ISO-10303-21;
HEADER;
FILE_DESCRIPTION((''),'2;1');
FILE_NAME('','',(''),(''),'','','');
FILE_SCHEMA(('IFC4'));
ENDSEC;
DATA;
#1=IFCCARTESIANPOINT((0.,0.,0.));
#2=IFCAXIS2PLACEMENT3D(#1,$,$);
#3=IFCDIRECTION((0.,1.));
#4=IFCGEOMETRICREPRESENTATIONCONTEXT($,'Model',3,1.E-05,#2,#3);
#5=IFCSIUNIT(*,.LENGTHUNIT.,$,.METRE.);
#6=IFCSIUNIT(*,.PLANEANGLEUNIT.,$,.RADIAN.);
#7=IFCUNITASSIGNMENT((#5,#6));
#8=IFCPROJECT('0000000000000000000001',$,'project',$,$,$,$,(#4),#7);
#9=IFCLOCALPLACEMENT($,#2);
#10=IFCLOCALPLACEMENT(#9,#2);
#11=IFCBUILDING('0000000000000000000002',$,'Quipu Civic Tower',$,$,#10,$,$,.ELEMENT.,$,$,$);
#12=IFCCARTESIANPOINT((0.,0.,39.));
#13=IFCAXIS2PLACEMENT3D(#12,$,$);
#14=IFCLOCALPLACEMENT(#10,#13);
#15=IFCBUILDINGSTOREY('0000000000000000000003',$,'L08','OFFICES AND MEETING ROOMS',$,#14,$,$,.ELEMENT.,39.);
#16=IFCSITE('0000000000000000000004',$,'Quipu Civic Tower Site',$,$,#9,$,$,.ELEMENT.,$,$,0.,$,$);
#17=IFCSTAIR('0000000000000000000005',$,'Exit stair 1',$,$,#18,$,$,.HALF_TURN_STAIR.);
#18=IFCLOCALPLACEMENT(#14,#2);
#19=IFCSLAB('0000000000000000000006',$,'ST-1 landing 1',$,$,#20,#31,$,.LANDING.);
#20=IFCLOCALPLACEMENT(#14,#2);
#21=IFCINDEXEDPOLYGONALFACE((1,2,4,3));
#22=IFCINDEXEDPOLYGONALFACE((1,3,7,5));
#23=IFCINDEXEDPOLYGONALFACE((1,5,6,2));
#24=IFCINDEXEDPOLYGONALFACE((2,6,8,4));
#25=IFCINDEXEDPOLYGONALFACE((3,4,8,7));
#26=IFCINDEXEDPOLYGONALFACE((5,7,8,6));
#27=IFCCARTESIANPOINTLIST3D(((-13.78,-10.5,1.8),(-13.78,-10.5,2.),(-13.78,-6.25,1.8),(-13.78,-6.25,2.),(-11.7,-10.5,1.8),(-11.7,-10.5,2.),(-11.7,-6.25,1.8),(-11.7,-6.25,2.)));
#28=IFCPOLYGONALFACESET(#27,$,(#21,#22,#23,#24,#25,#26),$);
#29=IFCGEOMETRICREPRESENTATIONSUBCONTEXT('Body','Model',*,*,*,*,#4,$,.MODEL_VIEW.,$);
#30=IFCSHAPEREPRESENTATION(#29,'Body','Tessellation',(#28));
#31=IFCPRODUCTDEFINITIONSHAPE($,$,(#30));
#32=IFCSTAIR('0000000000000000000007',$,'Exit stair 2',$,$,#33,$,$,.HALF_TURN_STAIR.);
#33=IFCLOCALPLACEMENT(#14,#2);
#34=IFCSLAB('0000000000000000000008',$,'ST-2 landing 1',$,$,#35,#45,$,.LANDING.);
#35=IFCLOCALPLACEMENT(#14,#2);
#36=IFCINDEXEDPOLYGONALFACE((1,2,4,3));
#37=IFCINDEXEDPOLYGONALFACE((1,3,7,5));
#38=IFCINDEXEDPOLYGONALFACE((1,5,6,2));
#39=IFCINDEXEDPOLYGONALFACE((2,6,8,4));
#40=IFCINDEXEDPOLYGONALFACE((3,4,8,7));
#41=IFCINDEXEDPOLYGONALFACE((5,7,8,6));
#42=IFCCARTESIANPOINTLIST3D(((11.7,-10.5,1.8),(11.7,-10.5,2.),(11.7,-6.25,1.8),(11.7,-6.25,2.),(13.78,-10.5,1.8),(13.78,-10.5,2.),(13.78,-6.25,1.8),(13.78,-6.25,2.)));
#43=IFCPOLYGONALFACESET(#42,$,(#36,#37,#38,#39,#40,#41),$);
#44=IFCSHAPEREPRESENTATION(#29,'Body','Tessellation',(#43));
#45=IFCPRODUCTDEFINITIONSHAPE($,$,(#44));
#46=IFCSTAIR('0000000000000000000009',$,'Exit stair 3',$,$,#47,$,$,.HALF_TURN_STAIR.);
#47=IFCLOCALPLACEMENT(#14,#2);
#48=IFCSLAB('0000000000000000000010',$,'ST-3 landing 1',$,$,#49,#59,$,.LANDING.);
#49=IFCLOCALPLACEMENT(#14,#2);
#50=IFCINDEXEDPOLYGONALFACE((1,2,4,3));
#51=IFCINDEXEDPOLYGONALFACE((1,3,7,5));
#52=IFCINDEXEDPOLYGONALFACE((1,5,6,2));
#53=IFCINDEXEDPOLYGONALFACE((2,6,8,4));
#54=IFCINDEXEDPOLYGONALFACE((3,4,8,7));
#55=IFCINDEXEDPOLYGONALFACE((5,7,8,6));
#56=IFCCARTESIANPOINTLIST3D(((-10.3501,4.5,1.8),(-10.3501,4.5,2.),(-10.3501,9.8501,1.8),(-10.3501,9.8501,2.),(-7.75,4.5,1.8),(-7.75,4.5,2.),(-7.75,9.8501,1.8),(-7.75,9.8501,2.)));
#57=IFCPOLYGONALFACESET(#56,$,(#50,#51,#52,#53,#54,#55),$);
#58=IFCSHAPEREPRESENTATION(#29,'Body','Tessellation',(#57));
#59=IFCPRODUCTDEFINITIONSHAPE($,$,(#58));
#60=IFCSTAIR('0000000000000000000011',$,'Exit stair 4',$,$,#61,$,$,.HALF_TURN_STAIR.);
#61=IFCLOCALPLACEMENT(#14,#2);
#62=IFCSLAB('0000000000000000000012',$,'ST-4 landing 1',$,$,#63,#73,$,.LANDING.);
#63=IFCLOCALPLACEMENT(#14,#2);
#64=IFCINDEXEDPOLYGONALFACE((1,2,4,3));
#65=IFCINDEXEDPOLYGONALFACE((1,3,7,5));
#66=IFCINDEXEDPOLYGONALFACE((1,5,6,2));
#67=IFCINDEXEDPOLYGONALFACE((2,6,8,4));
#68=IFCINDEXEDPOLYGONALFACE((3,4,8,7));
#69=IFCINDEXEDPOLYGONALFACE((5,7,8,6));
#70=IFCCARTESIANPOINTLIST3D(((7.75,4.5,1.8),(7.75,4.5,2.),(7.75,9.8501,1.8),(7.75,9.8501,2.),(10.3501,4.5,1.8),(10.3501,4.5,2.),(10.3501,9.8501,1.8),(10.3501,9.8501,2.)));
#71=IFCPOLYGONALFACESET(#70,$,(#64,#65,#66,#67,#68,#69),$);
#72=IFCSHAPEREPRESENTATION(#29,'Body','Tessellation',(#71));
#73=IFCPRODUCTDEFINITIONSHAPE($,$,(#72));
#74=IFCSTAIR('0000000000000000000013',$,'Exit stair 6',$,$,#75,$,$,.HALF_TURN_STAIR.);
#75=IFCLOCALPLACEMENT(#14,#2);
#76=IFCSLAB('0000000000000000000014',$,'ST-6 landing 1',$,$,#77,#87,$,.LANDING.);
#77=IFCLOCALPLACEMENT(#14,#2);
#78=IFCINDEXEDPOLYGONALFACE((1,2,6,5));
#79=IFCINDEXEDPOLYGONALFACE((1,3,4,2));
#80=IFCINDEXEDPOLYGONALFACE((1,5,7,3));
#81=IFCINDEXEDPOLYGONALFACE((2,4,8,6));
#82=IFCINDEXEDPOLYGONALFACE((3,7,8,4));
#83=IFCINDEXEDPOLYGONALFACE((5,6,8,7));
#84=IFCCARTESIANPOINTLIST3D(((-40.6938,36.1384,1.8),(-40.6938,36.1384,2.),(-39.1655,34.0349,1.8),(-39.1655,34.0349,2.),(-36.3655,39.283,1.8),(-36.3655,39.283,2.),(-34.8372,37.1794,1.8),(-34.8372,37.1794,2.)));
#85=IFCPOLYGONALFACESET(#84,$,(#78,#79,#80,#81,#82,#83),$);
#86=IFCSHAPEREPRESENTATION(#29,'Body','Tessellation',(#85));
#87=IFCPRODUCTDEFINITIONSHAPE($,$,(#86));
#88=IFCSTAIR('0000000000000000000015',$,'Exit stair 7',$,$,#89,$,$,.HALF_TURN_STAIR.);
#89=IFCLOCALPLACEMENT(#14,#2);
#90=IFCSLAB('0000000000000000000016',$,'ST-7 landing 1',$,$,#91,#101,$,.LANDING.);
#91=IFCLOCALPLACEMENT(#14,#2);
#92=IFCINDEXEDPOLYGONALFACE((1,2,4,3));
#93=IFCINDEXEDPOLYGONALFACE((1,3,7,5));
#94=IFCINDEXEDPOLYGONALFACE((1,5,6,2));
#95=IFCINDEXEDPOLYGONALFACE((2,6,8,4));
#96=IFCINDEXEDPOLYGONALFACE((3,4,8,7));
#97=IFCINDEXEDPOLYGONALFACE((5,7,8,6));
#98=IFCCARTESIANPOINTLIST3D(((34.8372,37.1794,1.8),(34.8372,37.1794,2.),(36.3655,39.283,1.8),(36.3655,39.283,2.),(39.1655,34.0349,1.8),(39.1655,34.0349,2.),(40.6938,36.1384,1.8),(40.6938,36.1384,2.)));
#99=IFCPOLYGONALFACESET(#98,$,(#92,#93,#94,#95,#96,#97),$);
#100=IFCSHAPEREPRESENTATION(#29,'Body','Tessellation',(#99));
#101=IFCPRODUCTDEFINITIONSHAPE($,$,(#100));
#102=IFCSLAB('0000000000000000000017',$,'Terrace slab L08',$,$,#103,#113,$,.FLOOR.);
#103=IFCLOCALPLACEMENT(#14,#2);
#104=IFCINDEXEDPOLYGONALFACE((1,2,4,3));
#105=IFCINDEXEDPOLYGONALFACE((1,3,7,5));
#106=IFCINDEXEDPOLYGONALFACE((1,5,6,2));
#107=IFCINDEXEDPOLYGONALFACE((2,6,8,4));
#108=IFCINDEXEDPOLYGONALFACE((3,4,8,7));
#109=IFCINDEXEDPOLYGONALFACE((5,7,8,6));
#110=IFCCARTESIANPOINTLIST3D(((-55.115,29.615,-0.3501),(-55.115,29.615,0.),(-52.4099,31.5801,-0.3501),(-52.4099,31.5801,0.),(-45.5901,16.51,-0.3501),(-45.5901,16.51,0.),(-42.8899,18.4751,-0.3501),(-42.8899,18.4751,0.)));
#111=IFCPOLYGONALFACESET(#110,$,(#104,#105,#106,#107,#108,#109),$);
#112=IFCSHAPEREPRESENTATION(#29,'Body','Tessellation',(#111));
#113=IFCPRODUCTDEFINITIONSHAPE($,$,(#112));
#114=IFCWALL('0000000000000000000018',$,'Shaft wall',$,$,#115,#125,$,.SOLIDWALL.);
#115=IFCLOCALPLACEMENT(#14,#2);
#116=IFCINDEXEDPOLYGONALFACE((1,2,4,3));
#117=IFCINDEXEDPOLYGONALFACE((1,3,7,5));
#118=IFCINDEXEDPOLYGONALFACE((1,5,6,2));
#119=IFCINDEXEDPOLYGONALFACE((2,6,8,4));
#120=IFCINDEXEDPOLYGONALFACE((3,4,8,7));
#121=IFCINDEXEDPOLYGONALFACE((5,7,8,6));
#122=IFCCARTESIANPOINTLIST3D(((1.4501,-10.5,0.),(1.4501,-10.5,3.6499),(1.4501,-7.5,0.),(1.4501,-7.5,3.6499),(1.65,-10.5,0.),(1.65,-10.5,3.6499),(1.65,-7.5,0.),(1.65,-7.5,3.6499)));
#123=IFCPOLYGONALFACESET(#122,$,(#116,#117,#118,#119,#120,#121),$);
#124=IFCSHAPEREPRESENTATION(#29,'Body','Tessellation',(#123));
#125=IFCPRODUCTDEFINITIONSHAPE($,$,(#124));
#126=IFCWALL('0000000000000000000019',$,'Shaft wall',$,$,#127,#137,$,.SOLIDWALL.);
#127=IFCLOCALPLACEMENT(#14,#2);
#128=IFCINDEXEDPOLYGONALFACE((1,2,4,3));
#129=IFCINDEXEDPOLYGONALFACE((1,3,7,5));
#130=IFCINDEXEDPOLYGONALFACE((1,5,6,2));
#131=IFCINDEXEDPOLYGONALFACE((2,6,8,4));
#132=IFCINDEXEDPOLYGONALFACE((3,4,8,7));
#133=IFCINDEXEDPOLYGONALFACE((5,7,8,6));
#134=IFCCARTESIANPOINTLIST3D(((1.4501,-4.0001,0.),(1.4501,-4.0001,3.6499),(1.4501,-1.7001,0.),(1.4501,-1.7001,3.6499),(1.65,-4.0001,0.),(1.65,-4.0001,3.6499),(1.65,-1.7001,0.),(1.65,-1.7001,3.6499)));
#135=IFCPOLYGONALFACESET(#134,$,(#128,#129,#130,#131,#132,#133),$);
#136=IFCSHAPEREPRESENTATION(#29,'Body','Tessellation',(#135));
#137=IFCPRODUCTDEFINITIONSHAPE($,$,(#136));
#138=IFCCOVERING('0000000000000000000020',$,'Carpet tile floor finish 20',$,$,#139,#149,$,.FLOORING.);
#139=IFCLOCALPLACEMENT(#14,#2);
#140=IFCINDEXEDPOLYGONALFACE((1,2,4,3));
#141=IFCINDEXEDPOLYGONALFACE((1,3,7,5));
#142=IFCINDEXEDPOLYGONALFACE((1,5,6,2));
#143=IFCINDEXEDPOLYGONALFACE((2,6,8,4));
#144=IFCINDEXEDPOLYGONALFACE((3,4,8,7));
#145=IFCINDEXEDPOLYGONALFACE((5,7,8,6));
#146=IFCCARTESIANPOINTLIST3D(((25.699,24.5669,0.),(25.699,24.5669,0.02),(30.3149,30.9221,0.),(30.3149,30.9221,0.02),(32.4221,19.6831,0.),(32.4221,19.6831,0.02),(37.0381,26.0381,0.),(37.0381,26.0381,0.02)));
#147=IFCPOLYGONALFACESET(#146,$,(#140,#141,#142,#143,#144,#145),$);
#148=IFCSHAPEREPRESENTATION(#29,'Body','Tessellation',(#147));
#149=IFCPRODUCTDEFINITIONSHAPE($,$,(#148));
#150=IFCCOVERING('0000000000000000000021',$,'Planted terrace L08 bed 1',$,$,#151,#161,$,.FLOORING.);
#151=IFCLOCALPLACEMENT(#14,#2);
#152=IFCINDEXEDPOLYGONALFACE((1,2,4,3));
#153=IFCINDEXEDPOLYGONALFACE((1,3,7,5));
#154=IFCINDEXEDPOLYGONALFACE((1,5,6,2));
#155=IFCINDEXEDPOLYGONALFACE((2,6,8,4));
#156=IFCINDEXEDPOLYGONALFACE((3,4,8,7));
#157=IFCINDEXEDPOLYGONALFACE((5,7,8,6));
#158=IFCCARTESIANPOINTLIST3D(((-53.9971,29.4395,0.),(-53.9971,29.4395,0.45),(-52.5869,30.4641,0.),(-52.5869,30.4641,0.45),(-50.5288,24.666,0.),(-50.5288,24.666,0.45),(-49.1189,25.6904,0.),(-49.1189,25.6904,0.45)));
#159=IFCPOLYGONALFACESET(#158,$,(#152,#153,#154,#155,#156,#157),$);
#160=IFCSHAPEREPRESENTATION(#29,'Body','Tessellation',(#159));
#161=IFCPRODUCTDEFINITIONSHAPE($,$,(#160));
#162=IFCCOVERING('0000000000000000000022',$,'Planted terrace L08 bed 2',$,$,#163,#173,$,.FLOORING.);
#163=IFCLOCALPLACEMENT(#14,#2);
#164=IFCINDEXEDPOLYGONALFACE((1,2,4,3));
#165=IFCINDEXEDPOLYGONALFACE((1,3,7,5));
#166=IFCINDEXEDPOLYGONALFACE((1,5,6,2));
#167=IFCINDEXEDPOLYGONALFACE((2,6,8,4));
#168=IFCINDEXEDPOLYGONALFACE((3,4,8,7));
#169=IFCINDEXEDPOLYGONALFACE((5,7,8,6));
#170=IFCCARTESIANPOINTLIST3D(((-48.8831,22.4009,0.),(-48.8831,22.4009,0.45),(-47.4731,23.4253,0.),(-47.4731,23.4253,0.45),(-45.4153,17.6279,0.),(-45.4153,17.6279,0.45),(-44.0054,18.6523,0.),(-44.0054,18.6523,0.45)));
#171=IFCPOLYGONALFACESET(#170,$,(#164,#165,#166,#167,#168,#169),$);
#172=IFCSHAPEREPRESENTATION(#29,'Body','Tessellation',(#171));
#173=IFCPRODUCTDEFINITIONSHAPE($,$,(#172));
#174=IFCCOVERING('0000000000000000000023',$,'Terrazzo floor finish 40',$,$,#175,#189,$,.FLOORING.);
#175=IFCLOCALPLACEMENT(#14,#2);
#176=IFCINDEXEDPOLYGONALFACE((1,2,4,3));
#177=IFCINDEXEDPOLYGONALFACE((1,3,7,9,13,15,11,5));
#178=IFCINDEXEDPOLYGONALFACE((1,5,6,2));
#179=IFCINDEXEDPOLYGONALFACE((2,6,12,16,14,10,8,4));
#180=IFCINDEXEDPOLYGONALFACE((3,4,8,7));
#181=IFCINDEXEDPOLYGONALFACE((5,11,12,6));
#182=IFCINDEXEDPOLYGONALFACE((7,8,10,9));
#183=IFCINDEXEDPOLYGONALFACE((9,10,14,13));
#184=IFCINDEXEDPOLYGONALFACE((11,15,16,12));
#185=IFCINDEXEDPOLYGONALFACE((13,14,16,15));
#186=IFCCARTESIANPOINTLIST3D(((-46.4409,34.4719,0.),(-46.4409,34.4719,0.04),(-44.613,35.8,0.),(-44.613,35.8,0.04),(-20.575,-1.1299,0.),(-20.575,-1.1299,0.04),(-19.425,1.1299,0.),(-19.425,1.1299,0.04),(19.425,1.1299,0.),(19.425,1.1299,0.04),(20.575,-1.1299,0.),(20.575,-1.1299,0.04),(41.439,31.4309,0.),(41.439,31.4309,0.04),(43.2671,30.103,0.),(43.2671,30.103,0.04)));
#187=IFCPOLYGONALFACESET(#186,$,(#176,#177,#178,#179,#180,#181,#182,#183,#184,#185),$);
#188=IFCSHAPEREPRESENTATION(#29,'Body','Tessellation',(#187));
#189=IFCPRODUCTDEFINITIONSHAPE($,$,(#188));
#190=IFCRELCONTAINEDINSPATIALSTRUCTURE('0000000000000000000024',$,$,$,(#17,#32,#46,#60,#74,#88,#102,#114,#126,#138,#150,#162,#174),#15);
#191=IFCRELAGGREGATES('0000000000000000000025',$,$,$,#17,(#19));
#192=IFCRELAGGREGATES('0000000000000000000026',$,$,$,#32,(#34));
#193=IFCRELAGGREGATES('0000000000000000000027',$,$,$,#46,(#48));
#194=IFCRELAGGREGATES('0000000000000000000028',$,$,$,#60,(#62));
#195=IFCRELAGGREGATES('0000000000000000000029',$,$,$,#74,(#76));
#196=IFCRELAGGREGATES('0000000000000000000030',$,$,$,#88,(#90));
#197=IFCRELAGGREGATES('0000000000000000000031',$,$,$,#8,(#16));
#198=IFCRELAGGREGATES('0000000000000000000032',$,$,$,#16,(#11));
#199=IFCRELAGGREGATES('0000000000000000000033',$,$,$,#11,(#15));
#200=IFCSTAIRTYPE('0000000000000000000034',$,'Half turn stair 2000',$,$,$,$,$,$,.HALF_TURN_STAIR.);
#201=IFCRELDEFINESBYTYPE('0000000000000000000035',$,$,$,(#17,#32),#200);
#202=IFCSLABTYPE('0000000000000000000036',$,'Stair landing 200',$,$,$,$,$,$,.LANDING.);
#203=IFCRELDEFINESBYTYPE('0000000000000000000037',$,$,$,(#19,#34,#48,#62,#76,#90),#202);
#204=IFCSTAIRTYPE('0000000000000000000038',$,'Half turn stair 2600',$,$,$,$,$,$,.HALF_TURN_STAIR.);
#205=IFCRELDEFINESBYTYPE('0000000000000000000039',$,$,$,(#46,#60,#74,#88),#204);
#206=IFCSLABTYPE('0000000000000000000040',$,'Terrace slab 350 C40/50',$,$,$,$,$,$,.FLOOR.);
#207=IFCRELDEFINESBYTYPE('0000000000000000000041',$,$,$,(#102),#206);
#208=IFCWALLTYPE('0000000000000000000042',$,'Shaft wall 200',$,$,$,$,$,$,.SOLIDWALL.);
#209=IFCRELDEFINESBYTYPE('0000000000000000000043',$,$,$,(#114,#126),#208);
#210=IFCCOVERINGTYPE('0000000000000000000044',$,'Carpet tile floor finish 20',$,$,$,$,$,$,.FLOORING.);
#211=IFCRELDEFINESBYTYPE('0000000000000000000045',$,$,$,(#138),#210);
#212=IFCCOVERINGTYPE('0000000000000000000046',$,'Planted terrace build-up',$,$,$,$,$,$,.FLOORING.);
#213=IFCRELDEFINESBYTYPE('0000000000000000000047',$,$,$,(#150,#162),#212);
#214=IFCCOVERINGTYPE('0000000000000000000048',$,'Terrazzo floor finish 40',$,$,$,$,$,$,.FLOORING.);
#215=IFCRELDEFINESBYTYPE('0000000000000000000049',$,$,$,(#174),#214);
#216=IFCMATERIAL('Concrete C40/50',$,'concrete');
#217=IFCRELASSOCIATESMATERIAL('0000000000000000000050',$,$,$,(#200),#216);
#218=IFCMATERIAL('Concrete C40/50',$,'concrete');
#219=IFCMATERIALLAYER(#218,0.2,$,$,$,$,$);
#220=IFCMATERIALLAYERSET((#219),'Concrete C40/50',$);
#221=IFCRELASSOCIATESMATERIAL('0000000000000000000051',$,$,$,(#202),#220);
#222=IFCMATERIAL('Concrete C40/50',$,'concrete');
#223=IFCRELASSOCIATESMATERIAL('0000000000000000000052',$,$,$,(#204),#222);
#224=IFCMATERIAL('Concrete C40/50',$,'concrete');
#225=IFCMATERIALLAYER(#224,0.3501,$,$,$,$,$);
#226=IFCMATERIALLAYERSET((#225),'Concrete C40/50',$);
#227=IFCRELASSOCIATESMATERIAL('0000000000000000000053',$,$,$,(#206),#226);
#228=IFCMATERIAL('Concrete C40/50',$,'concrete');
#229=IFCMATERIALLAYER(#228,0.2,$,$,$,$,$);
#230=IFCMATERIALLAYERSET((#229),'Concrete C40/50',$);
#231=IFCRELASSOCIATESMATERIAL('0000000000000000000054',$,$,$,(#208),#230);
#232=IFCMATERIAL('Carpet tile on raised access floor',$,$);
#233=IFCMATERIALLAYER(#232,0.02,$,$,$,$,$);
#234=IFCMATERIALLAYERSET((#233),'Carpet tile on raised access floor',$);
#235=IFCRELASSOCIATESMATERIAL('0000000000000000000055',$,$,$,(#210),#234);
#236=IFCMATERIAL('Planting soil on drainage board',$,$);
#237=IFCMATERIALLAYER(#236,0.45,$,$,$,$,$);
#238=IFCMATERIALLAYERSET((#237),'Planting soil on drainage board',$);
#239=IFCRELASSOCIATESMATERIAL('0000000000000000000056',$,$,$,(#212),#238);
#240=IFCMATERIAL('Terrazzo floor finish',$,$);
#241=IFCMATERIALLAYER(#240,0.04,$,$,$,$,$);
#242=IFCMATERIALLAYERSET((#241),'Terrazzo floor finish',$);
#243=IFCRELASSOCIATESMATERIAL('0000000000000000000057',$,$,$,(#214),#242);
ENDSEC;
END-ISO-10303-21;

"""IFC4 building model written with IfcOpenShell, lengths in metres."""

from ifc_helpers import new_model, si_unit, direction, frame, frame_2d, origin, place, context, subcontext, project, spatial, polyline, rectangle, outline, extrude, material, layer, layer_set, type_object, element, aggregate, save


model = new_model("IFC4")

# Units and contexts
model_context = context("Model", 3, precision=1e-05, world=origin(), true_north=direction((0.0, 1.0)))
body_context = subcontext(model_context, "Body", "Model", "MODEL_VIEW")
ifc_project = project(units=[si_unit("LENGTHUNIT", "METRE"), si_unit("PLANEANGLEUNIT", "RADIAN")], contexts=[model_context])

# Site, building, storey
site_placement = place(None, origin())
site = spatial("IfcSite", under=ifc_project, at=site_placement, Name="Quipu Civic Tower Site", CompositionType="ELEMENT", RefElevation=0.0)
building_placement = place(site_placement, origin())
building = spatial("IfcBuilding", under=site, at=building_placement, Name="Quipu Civic Tower", CompositionType="ELEMENT")
storey_placement = place(building_placement, frame((0.0, 0.0, 39.0)))
storey = spatial("IfcBuildingStorey", under=building, at=storey_placement, Name="L08", Description="OFFICES AND MEETING ROOMS", CompositionType="ELEMENT", Elevation=39.0)

# Stairs, slabs
ifc_material_1 = material(Name="Concrete C40/50", Category="concrete")
stair_type_1 = type_object("IfcStairType", Name="Half turn stair 2000", PredefinedType="HALF_TURN_STAIR", material=ifc_material_1)
stair_1_placement = place(storey_placement, origin())
stair_1 = element("IfcStair", 1, at=stair_1_placement, inside=storey, type_object=stair_type_1, Name="Exit stair 1", PredefinedType="HALF_TURN_STAIR")
ifc_material_2 = material(Name="Concrete C40/50", Category="concrete")
ifc_layer_1 = layer(ifc_material_2, 0.2)
ifc_layer_set_1 = layer_set([ifc_layer_1], Name="Concrete C40/50")
slab_type_1 = type_object("IfcSlabType", Name="Stair landing 200", PredefinedType="LANDING", material=ifc_layer_set_1)
slab_1_placement = place(storey_placement, frame((0.0, 0.0, 1.8)))
slab_1 = element("IfcSlab", 2, at=slab_1_placement, type_object=slab_type_1, Name="ST-1 landing 1", PredefinedType="LANDING", context=body_context, shape_type="SweptSolid", body=[
    extrude(outline(polyline([(-13.78, -10.5), (-11.7, -10.5), (-11.7, -6.25), (-13.78, -6.25), (-13.78, -10.5)])), origin(), (0.0, 0.0, 1.0), 0.2),
])
aggregate(stair_1, [slab_1])
stair_2_placement = place(storey_placement, origin())
stair_2 = element("IfcStair", 3, at=stair_2_placement, inside=storey, type_object=stair_type_1, Name="Exit stair 2", PredefinedType="HALF_TURN_STAIR")
slab_2_placement = place(storey_placement, frame((0.0, 0.0, 1.8)))
slab_2 = element("IfcSlab", 4, at=slab_2_placement, type_object=slab_type_1, Name="ST-2 landing 1", PredefinedType="LANDING", context=body_context, shape_type="SweptSolid", body=[
    extrude(outline(polyline([(13.78, -6.25), (11.7, -6.25), (11.7, -10.5), (13.78, -10.5), (13.78, -6.25)])), origin(), (0.0, 0.0, 1.0), 0.2),
])
aggregate(stair_2, [slab_2])
ifc_material_3 = material(Name="Concrete C40/50", Category="concrete")
stair_type_2 = type_object("IfcStairType", Name="Half turn stair 2600", PredefinedType="HALF_TURN_STAIR", material=ifc_material_3)
stair_3_placement = place(storey_placement, origin())
stair_3 = element("IfcStair", 5, at=stair_3_placement, inside=storey, type_object=stair_type_2, Name="Exit stair 3", PredefinedType="HALF_TURN_STAIR")
slab_3_placement = place(storey_placement, frame((0.0, 0.0, 1.8)))
slab_3 = element("IfcSlab", 6, at=slab_3_placement, type_object=slab_type_1, Name="ST-3 landing 1", PredefinedType="LANDING", context=body_context, shape_type="SweptSolid", body=[
    extrude(outline(polyline([(-10.3501, 4.5), (-7.75, 4.5), (-7.75, 9.8501), (-10.3501, 9.8501), (-10.3501, 4.5)])), origin(), (0.0, 0.0, 1.0), 0.2),
])
aggregate(stair_3, [slab_3])
stair_4_placement = place(storey_placement, origin())
stair_4 = element("IfcStair", 7, at=stair_4_placement, inside=storey, type_object=stair_type_2, Name="Exit stair 4", PredefinedType="HALF_TURN_STAIR")
slab_4_placement = place(storey_placement, frame((0.0, 0.0, 1.8)))
slab_4 = element("IfcSlab", 8, at=slab_4_placement, type_object=slab_type_1, Name="ST-4 landing 1", PredefinedType="LANDING", context=body_context, shape_type="SweptSolid", body=[
    extrude(outline(polyline([(10.3501, 9.8501), (7.75, 9.8501), (7.75, 4.5), (10.3501, 4.5), (10.3501, 9.8501)])), origin(), (0.0, 0.0, 1.0), 0.2),
])
aggregate(stair_4, [slab_4])
stair_5_placement = place(storey_placement, origin())
stair_5 = element("IfcStair", 9, at=stair_5_placement, inside=storey, type_object=stair_type_2, Name="Exit stair 6", PredefinedType="HALF_TURN_STAIR")
slab_5_placement = place(storey_placement, frame((0.0, 0.0, 1.8)))
slab_5 = element("IfcSlab", 10, at=slab_5_placement, type_object=slab_type_1, Name="ST-6 landing 1", PredefinedType="LANDING", context=body_context, shape_type="SweptSolid", body=[
    extrude(outline(polyline([(-34.8372, 37.1794), (-36.3655, 39.283), (-40.6938, 36.1384), (-39.1655, 34.0349), (-34.8372, 37.1794)])), origin(), (0.0, 0.0, 1.0), 0.2),
])
aggregate(stair_5, [slab_5])
stair_6_placement = place(storey_placement, origin())
stair_6 = element("IfcStair", 11, at=stair_6_placement, inside=storey, type_object=stair_type_2, Name="Exit stair 7", PredefinedType="HALF_TURN_STAIR")
slab_6_placement = place(storey_placement, frame((0.0, 0.0, 1.8)))
slab_6 = element("IfcSlab", 12, at=slab_6_placement, type_object=slab_type_1, Name="ST-7 landing 1", PredefinedType="LANDING", context=body_context, shape_type="SweptSolid", body=[
    extrude(outline(polyline([(39.1655, 34.0349), (40.6938, 36.1384), (36.3655, 39.283), (34.8372, 37.1794), (39.1655, 34.0349)])), origin(), (0.0, 0.0, 1.0), 0.2),
])
aggregate(stair_6, [slab_6])

# Slab
ifc_material_4 = material(Name="Concrete C40/50", Category="concrete")
ifc_layer_2 = layer(ifc_material_4, 0.3501)
ifc_layer_set_2 = layer_set([ifc_layer_2], Name="Concrete C40/50")
slab_type_2 = type_object("IfcSlabType", Name="Terrace slab 350 C40/50", PredefinedType="FLOOR", material=ifc_layer_set_2)
slab_7_placement = place(storey_placement, frame((0.0, 0.0, -0.3501)))
element("IfcSlab", 13, at=slab_7_placement, inside=storey, type_object=slab_type_2, Name="Terrace slab L08", PredefinedType="FLOOR", context=body_context, shape_type="SweptSolid", body=[
    extrude(outline(polyline([(-52.4099, 31.5801), (-42.8899, 18.4751), (-45.5901, 16.51), (-55.115, 29.615), (-52.4099, 31.5801)])), origin(), (0.0, 0.0, 1.0), 0.3501),
])

# Walls
ifc_material_5 = material(Name="Concrete C40/50", Category="concrete")
ifc_layer_3 = layer(ifc_material_5, 0.2)
ifc_layer_set_3 = layer_set([ifc_layer_3], Name="Concrete C40/50")
wall_type = type_object("IfcWallType", Name="Shaft wall 200", PredefinedType="SOLIDWALL", material=ifc_layer_set_3)
wall_1_placement = place(storey_placement, frame((1.55, -10.5, 0.0), z_axis=(0.0, 0.0, 1.0), x_axis=(0.0, 1.0, 0.0)))
element("IfcWall", 14, at=wall_1_placement, inside=storey, type_object=wall_type, Name="Shaft wall", PredefinedType="SOLIDWALL", context=body_context, shape_type="SweptSolid", body=[
    extrude(rectangle(XDim=3.0, YDim=0.2, at=frame_2d((1.5, 0.0))), origin(), (0.0, 0.0, 1.0), 3.6499),
])
wall_2_placement = place(storey_placement, frame((1.55, -4.0, 0.0), z_axis=(0.0, 0.0, 1.0), x_axis=(0.0, 1.0, 0.0)))
element("IfcWall", 15, at=wall_2_placement, inside=storey, type_object=wall_type, Name="Shaft wall", PredefinedType="SOLIDWALL", context=body_context, shape_type="SweptSolid", body=[
    extrude(rectangle(XDim=2.3, YDim=0.2, at=frame_2d((1.1499, 0.0))), origin(), (0.0, 0.0, 1.0), 3.6499),
])

# Coverings
ifc_material_6 = material(Name="Carpet tile on raised access floor")
ifc_layer_4 = layer(ifc_material_6, 0.02)
ifc_layer_set_4 = layer_set([ifc_layer_4], Name="Carpet tile on raised access floor")
covering_type_1 = type_object("IfcCoveringType", Name="Carpet tile floor finish 20", PredefinedType="FLOORING", material=ifc_layer_set_4)
covering_1_placement = place(storey_placement, origin())
element("IfcCovering", 16, at=covering_1_placement, inside=storey, type_object=covering_type_1, Name="Carpet tile floor finish 20", PredefinedType="FLOORING", context=body_context, shape_type="SweptSolid", body=[
    extrude(outline(polyline([(25.699, 24.5669), (30.3149, 30.9221), (37.0381, 26.0381), (32.4221, 19.6831), (25.699, 24.5669)])), origin(), (0.0, 0.0, 1.0), 0.02),
])
ifc_material_7 = material(Name="Planting soil on drainage board")
ifc_layer_5 = layer(ifc_material_7, 0.45)
ifc_layer_set_5 = layer_set([ifc_layer_5], Name="Planting soil on drainage board")
covering_type_2 = type_object("IfcCoveringType", Name="Planted terrace build-up", PredefinedType="FLOORING", material=ifc_layer_set_5)
covering_2_placement = place(storey_placement, origin())
element("IfcCovering", 17, at=covering_2_placement, inside=storey, type_object=covering_type_2, Name="Planted terrace L08 bed 1", PredefinedType="FLOORING", context=body_context, shape_type="SweptSolid", body=[
    extrude(outline(polyline([(-53.9971, 29.4395), (-52.5869, 30.4641), (-49.1189, 25.6904), (-50.5288, 24.666), (-53.9971, 29.4395)])), origin(), (0.0, 0.0, 1.0), 0.45),
])
covering_3_placement = place(storey_placement, origin())
element("IfcCovering", 18, at=covering_3_placement, inside=storey, type_object=covering_type_2, Name="Planted terrace L08 bed 2", PredefinedType="FLOORING", context=body_context, shape_type="SweptSolid", body=[
    extrude(outline(polyline([(-48.8831, 22.4009), (-47.4731, 23.4253), (-44.0054, 18.6523), (-45.4153, 17.6279), (-48.8831, 22.4009)])), origin(), (0.0, 0.0, 1.0), 0.45),
])
ifc_material_8 = material(Name="Terrazzo floor finish")
ifc_layer_6 = layer(ifc_material_8, 0.04)
ifc_layer_set_6 = layer_set([ifc_layer_6], Name="Terrazzo floor finish")
covering_type_3 = type_object("IfcCoveringType", Name="Terrazzo floor finish 40", PredefinedType="FLOORING", material=ifc_layer_set_6)
covering_4_placement = place(storey_placement, origin())
element("IfcCovering", 19, at=covering_4_placement, inside=storey, type_object=covering_type_3, Name="Terrazzo floor finish 40", PredefinedType="FLOORING", context=body_context, shape_type="SweptSolid", body=[
    extrude(outline(polyline([(20.575, -1.1299), (-20.575, -1.1299), (-46.4409, 34.4719), (-44.613, 35.8), (-19.425, 1.1299), (19.425, 1.1299), (41.439, 31.4309), (43.2671, 30.103), (20.575, -1.1299)])), origin(), (0.0, 0.0, 1.0), 0.04),
])

save(model, "model.ifc")
